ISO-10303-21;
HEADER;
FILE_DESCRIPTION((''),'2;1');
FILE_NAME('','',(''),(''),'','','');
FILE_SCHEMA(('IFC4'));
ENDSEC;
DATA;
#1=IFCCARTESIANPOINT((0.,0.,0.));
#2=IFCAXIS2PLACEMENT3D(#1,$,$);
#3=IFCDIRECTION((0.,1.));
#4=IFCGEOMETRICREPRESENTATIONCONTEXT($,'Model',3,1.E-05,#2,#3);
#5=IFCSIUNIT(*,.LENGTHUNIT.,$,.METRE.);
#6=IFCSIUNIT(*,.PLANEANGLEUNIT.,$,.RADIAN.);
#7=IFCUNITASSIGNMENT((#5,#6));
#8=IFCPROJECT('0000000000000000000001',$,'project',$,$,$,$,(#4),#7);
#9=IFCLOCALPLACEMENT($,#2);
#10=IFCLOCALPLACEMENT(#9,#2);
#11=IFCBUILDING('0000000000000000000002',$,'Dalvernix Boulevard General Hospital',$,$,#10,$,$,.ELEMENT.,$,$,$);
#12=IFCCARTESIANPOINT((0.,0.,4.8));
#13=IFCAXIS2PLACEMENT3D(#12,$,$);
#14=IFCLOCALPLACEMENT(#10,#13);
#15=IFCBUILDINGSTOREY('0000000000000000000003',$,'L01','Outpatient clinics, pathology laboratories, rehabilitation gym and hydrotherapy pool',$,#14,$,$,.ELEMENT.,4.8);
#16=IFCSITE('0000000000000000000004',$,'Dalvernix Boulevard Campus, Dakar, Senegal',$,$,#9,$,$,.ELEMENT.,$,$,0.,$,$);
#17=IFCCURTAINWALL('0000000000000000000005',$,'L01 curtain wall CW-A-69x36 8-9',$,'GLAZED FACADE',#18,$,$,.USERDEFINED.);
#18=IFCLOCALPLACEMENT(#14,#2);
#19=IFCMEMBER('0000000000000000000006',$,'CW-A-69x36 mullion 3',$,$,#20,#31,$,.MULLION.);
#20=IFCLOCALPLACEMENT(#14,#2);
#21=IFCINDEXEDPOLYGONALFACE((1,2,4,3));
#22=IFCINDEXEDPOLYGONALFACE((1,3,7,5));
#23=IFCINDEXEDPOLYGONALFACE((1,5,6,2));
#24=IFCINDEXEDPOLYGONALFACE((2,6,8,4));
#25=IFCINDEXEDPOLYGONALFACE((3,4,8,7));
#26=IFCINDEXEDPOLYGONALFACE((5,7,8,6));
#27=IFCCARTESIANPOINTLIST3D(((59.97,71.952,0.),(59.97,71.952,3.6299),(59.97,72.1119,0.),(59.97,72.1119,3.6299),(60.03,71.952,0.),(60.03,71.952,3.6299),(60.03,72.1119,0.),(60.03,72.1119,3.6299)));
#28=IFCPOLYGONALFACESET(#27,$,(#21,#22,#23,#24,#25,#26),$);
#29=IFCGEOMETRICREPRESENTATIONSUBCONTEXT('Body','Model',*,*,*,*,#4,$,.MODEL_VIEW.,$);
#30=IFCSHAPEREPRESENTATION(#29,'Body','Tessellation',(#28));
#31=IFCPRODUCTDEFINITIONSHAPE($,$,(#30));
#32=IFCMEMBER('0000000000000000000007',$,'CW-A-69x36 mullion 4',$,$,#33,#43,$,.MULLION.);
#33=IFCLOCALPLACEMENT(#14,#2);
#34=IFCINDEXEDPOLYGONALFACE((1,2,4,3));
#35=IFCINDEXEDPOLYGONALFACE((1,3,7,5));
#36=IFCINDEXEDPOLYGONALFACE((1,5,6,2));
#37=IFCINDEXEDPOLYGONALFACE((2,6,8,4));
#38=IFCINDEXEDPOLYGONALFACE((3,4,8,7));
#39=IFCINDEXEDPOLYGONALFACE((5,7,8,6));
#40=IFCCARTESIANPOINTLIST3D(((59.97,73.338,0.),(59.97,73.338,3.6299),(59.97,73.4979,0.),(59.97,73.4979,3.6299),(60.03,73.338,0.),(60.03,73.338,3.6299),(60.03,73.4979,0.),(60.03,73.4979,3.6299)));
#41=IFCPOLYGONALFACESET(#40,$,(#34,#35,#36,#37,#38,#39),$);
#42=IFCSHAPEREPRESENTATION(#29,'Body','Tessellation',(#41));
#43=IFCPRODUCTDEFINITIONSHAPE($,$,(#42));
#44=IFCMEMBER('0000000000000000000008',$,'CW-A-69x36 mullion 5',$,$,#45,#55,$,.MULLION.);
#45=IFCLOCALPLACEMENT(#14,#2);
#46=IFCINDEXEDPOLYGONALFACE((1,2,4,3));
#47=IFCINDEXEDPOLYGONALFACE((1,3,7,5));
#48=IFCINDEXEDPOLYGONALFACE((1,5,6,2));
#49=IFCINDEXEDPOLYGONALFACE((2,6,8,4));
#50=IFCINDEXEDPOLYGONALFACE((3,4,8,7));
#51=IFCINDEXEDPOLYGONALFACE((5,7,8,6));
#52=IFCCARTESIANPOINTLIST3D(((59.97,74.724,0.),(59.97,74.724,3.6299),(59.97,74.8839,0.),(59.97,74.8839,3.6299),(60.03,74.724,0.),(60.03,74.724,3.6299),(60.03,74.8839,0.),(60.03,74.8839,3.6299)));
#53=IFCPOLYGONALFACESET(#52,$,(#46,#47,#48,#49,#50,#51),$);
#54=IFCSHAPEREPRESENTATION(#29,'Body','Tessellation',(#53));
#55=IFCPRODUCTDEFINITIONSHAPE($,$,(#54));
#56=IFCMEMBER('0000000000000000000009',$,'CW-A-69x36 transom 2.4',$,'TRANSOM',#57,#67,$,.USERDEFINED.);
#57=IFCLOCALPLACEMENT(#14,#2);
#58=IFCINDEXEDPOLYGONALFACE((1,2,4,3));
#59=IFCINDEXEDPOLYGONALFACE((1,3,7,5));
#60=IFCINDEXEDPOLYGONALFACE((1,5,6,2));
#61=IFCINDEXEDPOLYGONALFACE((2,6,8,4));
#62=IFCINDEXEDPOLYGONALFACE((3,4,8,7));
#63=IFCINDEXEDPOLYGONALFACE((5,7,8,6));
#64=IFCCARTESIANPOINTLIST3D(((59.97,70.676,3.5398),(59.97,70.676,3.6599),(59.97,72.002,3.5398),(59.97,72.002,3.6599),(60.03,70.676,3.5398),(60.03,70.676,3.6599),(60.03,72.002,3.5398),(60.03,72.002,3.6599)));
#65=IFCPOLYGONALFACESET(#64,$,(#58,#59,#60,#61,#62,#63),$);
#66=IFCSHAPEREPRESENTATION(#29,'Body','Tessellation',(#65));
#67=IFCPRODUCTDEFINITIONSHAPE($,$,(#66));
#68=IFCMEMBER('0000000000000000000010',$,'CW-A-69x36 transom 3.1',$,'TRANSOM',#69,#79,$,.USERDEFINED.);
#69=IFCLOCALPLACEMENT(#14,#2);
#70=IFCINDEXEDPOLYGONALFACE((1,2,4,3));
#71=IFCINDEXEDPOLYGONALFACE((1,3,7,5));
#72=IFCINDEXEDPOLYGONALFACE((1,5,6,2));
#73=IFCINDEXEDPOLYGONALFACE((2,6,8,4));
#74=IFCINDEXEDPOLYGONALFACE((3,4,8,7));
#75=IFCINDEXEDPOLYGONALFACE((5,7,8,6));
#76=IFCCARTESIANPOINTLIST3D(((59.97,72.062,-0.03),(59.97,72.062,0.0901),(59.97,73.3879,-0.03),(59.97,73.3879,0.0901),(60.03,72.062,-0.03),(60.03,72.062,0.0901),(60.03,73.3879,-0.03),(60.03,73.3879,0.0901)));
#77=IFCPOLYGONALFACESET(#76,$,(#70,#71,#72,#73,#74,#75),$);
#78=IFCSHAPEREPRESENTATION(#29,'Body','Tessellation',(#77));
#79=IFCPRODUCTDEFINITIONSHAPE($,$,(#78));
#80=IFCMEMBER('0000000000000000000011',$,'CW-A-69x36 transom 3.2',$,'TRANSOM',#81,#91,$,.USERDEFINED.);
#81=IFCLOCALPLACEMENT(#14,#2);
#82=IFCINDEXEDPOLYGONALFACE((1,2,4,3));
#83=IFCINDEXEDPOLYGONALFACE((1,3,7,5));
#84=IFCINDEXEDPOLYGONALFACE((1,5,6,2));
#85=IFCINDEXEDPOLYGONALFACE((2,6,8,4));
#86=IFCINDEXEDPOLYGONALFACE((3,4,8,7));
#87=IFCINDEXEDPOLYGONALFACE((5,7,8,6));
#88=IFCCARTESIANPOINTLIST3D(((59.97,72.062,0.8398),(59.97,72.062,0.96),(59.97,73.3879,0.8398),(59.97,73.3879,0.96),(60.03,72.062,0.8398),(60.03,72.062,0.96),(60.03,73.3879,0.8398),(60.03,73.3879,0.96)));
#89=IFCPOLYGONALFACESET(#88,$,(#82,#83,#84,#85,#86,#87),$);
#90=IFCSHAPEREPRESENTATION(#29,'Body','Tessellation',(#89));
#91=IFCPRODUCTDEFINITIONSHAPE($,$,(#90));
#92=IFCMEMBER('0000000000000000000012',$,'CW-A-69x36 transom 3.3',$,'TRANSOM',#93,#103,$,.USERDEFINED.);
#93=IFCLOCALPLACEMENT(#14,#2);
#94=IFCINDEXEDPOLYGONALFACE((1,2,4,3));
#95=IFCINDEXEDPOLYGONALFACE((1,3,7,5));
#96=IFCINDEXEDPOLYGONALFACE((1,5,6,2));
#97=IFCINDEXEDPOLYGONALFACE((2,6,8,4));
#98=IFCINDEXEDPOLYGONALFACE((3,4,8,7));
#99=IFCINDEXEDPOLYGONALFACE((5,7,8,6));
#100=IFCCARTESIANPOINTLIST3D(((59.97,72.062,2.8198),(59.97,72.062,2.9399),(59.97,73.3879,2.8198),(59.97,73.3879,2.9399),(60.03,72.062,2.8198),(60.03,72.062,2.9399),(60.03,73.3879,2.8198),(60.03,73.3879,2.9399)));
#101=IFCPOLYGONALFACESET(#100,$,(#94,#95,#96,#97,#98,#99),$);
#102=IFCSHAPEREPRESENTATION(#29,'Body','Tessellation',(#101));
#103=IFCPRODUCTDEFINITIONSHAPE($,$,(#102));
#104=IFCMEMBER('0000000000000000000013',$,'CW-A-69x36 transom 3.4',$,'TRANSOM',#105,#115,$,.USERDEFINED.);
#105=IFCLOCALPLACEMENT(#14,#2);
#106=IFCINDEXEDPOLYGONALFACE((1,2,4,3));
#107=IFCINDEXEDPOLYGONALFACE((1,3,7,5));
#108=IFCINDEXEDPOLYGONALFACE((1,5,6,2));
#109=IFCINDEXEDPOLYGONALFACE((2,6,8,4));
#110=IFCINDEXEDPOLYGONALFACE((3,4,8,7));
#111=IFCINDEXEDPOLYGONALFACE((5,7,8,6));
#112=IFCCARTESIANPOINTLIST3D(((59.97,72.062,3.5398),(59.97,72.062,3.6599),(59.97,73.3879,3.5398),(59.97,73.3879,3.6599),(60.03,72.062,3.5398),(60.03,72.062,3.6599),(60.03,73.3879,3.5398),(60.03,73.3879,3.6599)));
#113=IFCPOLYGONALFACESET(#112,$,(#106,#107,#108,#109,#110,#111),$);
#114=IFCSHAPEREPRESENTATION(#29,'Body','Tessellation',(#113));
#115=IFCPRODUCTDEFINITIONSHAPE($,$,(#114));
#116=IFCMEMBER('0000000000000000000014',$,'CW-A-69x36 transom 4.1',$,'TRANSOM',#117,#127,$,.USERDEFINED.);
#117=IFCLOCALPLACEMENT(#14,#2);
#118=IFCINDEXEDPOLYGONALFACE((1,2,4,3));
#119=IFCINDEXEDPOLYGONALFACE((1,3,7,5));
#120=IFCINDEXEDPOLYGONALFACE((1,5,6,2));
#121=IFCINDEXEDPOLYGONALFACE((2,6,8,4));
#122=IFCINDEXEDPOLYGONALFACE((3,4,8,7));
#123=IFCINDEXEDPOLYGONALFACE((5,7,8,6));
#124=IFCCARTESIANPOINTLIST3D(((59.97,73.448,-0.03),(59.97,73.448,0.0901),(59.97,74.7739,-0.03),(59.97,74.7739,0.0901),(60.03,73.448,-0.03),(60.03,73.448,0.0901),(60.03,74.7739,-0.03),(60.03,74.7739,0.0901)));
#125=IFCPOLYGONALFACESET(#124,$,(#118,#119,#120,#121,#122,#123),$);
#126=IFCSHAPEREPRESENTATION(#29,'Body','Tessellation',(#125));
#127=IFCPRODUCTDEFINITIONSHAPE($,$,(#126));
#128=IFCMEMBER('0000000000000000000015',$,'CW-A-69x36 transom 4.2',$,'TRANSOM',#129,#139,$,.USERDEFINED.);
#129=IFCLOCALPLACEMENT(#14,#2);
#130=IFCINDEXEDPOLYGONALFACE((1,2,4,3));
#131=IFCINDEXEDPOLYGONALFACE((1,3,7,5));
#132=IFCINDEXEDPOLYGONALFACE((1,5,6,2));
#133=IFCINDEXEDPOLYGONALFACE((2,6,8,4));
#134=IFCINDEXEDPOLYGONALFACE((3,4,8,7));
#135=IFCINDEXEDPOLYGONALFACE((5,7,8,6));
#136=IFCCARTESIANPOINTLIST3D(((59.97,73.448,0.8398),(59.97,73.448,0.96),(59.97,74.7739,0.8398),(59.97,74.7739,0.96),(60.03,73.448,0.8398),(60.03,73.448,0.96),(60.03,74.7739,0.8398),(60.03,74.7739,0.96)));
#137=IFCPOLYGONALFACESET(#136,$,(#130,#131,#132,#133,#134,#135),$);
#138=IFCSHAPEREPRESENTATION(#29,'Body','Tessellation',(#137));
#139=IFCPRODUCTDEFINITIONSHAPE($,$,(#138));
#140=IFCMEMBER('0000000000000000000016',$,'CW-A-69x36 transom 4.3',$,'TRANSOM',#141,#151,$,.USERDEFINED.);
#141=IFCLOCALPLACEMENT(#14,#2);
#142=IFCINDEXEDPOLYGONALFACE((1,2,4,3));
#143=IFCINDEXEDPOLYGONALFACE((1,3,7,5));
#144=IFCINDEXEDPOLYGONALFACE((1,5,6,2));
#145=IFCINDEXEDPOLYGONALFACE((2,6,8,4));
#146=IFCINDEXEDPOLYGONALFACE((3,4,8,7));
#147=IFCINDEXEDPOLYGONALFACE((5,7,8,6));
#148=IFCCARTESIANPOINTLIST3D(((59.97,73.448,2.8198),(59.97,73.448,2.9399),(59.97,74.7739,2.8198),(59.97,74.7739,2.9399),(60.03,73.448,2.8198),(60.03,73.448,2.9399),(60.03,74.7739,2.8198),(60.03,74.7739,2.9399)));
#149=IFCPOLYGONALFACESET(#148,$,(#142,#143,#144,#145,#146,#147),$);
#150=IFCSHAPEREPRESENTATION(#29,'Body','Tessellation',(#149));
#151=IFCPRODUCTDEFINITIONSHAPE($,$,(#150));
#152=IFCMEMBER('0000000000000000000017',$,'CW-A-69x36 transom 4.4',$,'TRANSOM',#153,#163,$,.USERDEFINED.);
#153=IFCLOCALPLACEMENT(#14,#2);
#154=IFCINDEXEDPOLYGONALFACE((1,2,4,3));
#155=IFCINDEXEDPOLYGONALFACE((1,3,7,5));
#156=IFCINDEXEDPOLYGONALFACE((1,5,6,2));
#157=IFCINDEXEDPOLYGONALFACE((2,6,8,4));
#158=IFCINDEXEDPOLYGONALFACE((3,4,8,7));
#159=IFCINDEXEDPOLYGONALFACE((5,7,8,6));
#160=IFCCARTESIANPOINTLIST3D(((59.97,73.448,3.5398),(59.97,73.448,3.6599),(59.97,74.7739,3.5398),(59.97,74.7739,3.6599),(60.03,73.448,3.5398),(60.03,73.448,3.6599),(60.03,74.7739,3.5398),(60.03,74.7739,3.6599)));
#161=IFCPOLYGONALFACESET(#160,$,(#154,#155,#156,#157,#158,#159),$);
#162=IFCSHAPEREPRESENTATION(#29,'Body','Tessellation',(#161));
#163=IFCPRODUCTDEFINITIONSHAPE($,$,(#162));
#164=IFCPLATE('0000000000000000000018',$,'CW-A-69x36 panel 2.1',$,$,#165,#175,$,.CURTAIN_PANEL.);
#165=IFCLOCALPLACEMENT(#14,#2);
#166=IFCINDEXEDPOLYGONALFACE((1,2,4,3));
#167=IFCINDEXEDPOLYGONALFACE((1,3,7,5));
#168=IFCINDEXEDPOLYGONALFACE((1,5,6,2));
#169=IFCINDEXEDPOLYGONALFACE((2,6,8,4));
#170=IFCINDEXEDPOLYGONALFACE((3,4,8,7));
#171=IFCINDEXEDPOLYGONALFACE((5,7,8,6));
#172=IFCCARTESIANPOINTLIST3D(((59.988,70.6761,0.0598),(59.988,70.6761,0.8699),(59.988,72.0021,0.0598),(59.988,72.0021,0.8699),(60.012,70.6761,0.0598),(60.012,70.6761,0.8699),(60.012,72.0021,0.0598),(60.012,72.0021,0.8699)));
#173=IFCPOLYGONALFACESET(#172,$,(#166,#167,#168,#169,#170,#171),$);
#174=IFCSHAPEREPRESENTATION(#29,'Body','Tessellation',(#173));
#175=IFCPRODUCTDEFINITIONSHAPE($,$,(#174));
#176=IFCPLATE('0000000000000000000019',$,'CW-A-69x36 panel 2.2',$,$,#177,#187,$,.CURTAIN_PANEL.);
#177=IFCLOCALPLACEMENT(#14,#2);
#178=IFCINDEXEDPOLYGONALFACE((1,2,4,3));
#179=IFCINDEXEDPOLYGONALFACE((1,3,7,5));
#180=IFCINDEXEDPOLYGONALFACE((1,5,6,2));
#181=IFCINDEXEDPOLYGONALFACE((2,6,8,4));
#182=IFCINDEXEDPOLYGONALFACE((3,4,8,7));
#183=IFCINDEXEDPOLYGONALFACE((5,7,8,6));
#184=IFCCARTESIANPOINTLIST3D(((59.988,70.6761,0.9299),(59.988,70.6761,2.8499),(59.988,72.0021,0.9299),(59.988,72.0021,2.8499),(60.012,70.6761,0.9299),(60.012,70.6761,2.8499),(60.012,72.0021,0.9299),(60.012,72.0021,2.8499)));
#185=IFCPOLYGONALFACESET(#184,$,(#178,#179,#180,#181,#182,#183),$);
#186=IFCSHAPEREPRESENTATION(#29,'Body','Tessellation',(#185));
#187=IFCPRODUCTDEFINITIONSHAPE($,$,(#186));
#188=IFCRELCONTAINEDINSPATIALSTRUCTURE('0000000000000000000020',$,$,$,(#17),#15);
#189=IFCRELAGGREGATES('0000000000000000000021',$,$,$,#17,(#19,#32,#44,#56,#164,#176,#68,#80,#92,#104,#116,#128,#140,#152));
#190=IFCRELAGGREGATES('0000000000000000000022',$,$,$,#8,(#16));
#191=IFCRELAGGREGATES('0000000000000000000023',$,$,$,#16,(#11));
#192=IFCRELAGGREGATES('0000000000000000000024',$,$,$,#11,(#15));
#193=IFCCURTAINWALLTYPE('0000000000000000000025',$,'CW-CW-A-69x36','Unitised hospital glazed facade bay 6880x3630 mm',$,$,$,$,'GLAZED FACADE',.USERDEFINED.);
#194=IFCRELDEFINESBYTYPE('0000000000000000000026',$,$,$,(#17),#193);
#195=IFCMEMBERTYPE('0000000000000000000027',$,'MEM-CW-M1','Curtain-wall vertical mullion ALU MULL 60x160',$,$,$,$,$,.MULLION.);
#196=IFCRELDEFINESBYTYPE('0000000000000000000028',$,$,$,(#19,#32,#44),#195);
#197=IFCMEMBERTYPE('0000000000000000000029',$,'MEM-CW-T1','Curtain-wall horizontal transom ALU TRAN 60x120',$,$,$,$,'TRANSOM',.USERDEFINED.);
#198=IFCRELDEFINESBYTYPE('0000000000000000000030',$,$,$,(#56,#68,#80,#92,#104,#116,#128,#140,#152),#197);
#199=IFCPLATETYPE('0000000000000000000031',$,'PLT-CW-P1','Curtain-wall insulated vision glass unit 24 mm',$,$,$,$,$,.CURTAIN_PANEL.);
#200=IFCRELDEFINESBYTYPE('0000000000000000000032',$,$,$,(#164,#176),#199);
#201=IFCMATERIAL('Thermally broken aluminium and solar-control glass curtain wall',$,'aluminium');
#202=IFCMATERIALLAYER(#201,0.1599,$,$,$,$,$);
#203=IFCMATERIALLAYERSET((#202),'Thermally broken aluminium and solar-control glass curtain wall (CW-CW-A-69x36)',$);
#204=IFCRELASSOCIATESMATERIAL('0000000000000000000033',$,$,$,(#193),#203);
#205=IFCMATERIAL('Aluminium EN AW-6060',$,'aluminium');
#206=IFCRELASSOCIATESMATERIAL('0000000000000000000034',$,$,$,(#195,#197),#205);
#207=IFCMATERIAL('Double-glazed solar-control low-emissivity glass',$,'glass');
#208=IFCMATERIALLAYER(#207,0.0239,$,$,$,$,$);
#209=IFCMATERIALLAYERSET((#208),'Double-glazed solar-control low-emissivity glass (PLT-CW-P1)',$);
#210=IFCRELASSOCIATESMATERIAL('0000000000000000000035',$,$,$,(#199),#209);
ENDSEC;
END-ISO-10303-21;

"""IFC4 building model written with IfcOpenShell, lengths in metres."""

from ifc_helpers import new_model, si_unit, direction, frame, origin, origin_2d, place, context, subcontext, project, spatial, rectangle, extrude, material, layer, layer_set, material_profile, profile_set, type_object, element, aggregate, save


model = new_model("IFC4")

# Units and contexts
model_context = context("Model", 3, precision=1e-05, world=origin(), true_north=direction((0.0, 1.0)))
body_context = subcontext(model_context, "Body", "Model", "MODEL_VIEW")
ifc_project = project(units=[si_unit("LENGTHUNIT", "METRE"), si_unit("PLANEANGLEUNIT", "RADIAN")], contexts=[model_context])

# Site, building, storey
site_placement = place(None, origin())
site = spatial("IfcSite", under=ifc_project, at=site_placement, Name="Dalvernix Boulevard Campus, Dakar, Senegal", CompositionType="ELEMENT", RefElevation=0.0)
building_placement = place(site_placement, origin())
building = spatial("IfcBuilding", under=site, at=building_placement, Name="Dalvernix Boulevard General Hospital", CompositionType="ELEMENT")
storey_placement = place(building_placement, frame((0.0, 0.0, 4.8)))
storey = spatial("IfcBuildingStorey", under=building, at=storey_placement, Name="L01", Description="Outpatient clinics, pathology laboratories, rehabilitation gym and hydrotherapy pool", CompositionType="ELEMENT", Elevation=4.8)

# Curtain wall, members, plates
ifc_material_1 = material(Name="Thermally broken aluminium and solar-control glass curtain wall", Category="aluminium")
ifc_layer_1 = layer(ifc_material_1, 0.1599)
ifc_layer_set_1 = layer_set([ifc_layer_1], Name="Thermally broken aluminium and solar-control glass curtain wall (CW-CW-A-69x36)")
curtain_wall_type = type_object("IfcCurtainWallType", Name="CW-CW-A-69x36", Description="Unitised hospital glazed facade bay 6880x3630 mm", ElementType="GLAZED FACADE", PredefinedType="USERDEFINED", material=ifc_layer_set_1)
curtain_wall_placement = place(storey_placement, origin())
curtain_wall = element("IfcCurtainWall", 1, at=curtain_wall_placement, inside=storey, type_object=curtain_wall_type, Name="L01 curtain wall CW-A-69x36 8-9", ObjectType="GLAZED FACADE", PredefinedType="USERDEFINED")
ifc_material_2 = material(Name="Aluminium EN AW-6060", Category="aluminium")
ifc_material_profile_1 = material_profile(ifc_material_2, rectangle(XDim=0.0601, YDim=0.1599, at=origin_2d()), Name="ALU MULL 60x160")
ifc_profile_set_1 = profile_set([ifc_material_profile_1], Name="Aluminium EN AW-6060")
member_type_1 = type_object("IfcMemberType", Name="MEM-CW-M1", Description="Curtain-wall vertical mullion ALU MULL 60x160", PredefinedType="MULLION", material=ifc_profile_set_1)
member_1_placement = place(storey_placement, frame((60.0, 72.032, 0.0), z_axis=(0.0, 0.0, 1.0), x_axis=(-1.0, 0.0, 0.0)))
member_1 = element("IfcMember", 2, at=member_1_placement, type_object=member_type_1, Name="CW-A-69x36 mullion 3", PredefinedType="MULLION", context=body_context, shape_type="SweptSolid", body=[
    extrude(rectangle(XDim=0.0601, YDim=0.1599, at=origin_2d()), origin(), (0.0, 0.0, 1.0), 3.6299),
])
member_2_placement = place(storey_placement, frame((60.0, 73.418, 0.0), z_axis=(0.0, 0.0, 1.0), x_axis=(-1.0, 0.0, 0.0)))
member_2 = element("IfcMember", 3, at=member_2_placement, type_object=member_type_1, Name="CW-A-69x36 mullion 4", PredefinedType="MULLION", context=body_context, shape_type="SweptSolid", body=[
    extrude(rectangle(XDim=0.0601, YDim=0.1599, at=origin_2d()), origin(), (0.0, 0.0, 1.0), 3.6299),
])
member_3_placement = place(storey_placement, frame((60.0, 74.804, 0.0), z_axis=(0.0, 0.0, 1.0), x_axis=(-1.0, 0.0, 0.0)))
member_3 = element("IfcMember", 4, at=member_3_placement, type_object=member_type_1, Name="CW-A-69x36 mullion 5", PredefinedType="MULLION", context=body_context, shape_type="SweptSolid", body=[
    extrude(rectangle(XDim=0.0601, YDim=0.1599, at=origin_2d()), origin(), (0.0, 0.0, 1.0), 3.6299),
])
ifc_material_profile_2 = material_profile(ifc_material_2, rectangle(XDim=0.0601, YDim=0.1201, at=origin_2d()), Name="ALU TRAN 60x120")
ifc_profile_set_2 = profile_set([ifc_material_profile_2], Name="Aluminium EN AW-6060")
member_type_2 = type_object("IfcMemberType", Name="MEM-CW-T1", Description="Curtain-wall horizontal transom ALU TRAN 60x120", ElementType="TRANSOM", PredefinedType="USERDEFINED", material=ifc_profile_set_2)
member_4_placement = place(storey_placement, frame((60.0, 70.676, 3.5999), z_axis=(0.0, 1.0, 0.0), x_axis=(-1.0, 0.0, 0.0)))
member_4 = element("IfcMember", 5, at=member_4_placement, type_object=member_type_2, Name="CW-A-69x36 transom 2.4", ObjectType="TRANSOM", PredefinedType="USERDEFINED", context=body_context, shape_type="SweptSolid", body=[
    extrude(rectangle(XDim=0.0601, YDim=0.1201, at=origin_2d()), origin(), (0.0, 0.0, 1.0), 1.3259),
])
member_5_placement = place(storey_placement, frame((60.0, 72.062, 0.03), z_axis=(0.0, 1.0, 0.0), x_axis=(-1.0, 0.0, 0.0)))
member_5 = element("IfcMember", 6, at=member_5_placement, type_object=member_type_2, Name="CW-A-69x36 transom 3.1", ObjectType="TRANSOM", PredefinedType="USERDEFINED", context=body_context, shape_type="SweptSolid", body=[
    extrude(rectangle(XDim=0.0601, YDim=0.1201, at=origin_2d()), origin(), (0.0, 0.0, 1.0), 1.3259),
])
member_6_placement = place(storey_placement, frame((60.0, 72.062, 0.8999), z_axis=(0.0, 1.0, 0.0), x_axis=(-1.0, 0.0, 0.0)))
member_6 = element("IfcMember", 7, at=member_6_placement, type_object=member_type_2, Name="CW-A-69x36 transom 3.2", ObjectType="TRANSOM", PredefinedType="USERDEFINED", context=body_context, shape_type="SweptSolid", body=[
    extrude(rectangle(XDim=0.0601, YDim=0.1201, at=origin_2d()), origin(), (0.0, 0.0, 1.0), 1.3259),
])
member_7_placement = place(storey_placement, frame((60.0, 72.062, 2.8799), z_axis=(0.0, 1.0, 0.0), x_axis=(-1.0, 0.0, 0.0)))
member_7 = element("IfcMember", 8, at=member_7_placement, type_object=member_type_2, Name="CW-A-69x36 transom 3.3", ObjectType="TRANSOM", PredefinedType="USERDEFINED", context=body_context, shape_type="SweptSolid", body=[
    extrude(rectangle(XDim=0.0601, YDim=0.1201, at=origin_2d()), origin(), (0.0, 0.0, 1.0), 1.3259),
])
member_8_placement = place(storey_placement, frame((60.0, 72.062, 3.5999), z_axis=(0.0, 1.0, 0.0), x_axis=(-1.0, 0.0, 0.0)))
member_8 = element("IfcMember", 9, at=member_8_placement, type_object=member_type_2, Name="CW-A-69x36 transom 3.4", ObjectType="TRANSOM", PredefinedType="USERDEFINED", context=body_context, shape_type="SweptSolid", body=[
    extrude(rectangle(XDim=0.0601, YDim=0.1201, at=origin_2d()), origin(), (0.0, 0.0, 1.0), 1.3259),
])
member_9_placement = place(storey_placement, frame((60.0, 73.448, 0.03), z_axis=(0.0, 1.0, 0.0), x_axis=(-1.0, 0.0, 0.0)))
member_9 = element("IfcMember", 10, at=member_9_placement, type_object=member_type_2, Name="CW-A-69x36 transom 4.1", ObjectType="TRANSOM", PredefinedType="USERDEFINED", context=body_context, shape_type="SweptSolid", body=[
    extrude(rectangle(XDim=0.0601, YDim=0.1201, at=origin_2d()), origin(), (0.0, 0.0, 1.0), 1.3259),
])
member_10_placement = place(storey_placement, frame((60.0, 73.448, 0.8999), z_axis=(0.0, 1.0, 0.0), x_axis=(-1.0, 0.0, 0.0)))
member_10 = element("IfcMember", 11, at=member_10_placement, type_object=member_type_2, Name="CW-A-69x36 transom 4.2", ObjectType="TRANSOM", PredefinedType="USERDEFINED", context=body_context, shape_type="SweptSolid", body=[
    extrude(rectangle(XDim=0.0601, YDim=0.1201, at=origin_2d()), origin(), (0.0, 0.0, 1.0), 1.3259),
])
member_11_placement = place(storey_placement, frame((60.0, 73.448, 2.8799), z_axis=(0.0, 1.0, 0.0), x_axis=(-1.0, 0.0, 0.0)))
member_11 = element("IfcMember", 12, at=member_11_placement, type_object=member_type_2, Name="CW-A-69x36 transom 4.3", ObjectType="TRANSOM", PredefinedType="USERDEFINED", context=body_context, shape_type="SweptSolid", body=[
    extrude(rectangle(XDim=0.0601, YDim=0.1201, at=origin_2d()), origin(), (0.0, 0.0, 1.0), 1.3259),
])
member_12_placement = place(storey_placement, frame((60.0, 73.448, 3.5999), z_axis=(0.0, 1.0, 0.0), x_axis=(-1.0, 0.0, 0.0)))
member_12 = element("IfcMember", 13, at=member_12_placement, type_object=member_type_2, Name="CW-A-69x36 transom 4.4", ObjectType="TRANSOM", PredefinedType="USERDEFINED", context=body_context, shape_type="SweptSolid", body=[
    extrude(rectangle(XDim=0.0601, YDim=0.1201, at=origin_2d()), origin(), (0.0, 0.0, 1.0), 1.3259),
])
ifc_material_3 = material(Name="Double-glazed solar-control low-emissivity glass", Category="glass")
ifc_layer_2 = layer(ifc_material_3, 0.0239)
ifc_layer_set_2 = layer_set([ifc_layer_2], Name="Double-glazed solar-control low-emissivity glass (PLT-CW-P1)")
plate_type = type_object("IfcPlateType", Name="PLT-CW-P1", Description="Curtain-wall insulated vision glass unit 24 mm", PredefinedType="CURTAIN_PANEL", material=ifc_layer_set_2)
plate_1_placement = place(storey_placement, frame((60.0, 71.3391, 0.0598), z_axis=(0.0, 0.0, 1.0), x_axis=(0.0, 1.0, 0.0)))
plate_1 = element("IfcPlate", 14, at=plate_1_placement, type_object=plate_type, Name="CW-A-69x36 panel 2.1", PredefinedType="CURTAIN_PANEL", context=body_context, shape_type="SweptSolid", body=[
    extrude(rectangle(XDim=1.3259, YDim=0.0239, at=origin_2d()), origin(), (0.0, 0.0, 1.0), 0.8101),
])
plate_2_placement = place(storey_placement, frame((60.0, 71.3391, 0.9299), z_axis=(0.0, 0.0, 1.0), x_axis=(0.0, 1.0, 0.0)))
plate_2 = element("IfcPlate", 15, at=plate_2_placement, type_object=plate_type, Name="CW-A-69x36 panel 2.2", PredefinedType="CURTAIN_PANEL", context=body_context, shape_type="SweptSolid", body=[
    extrude(rectangle(XDim=1.3259, YDim=0.0239, at=origin_2d()), origin(), (0.0, 0.0, 1.0), 1.9199),
])
aggregate(curtain_wall, [member_1, member_2, member_3, member_4, plate_1, plate_2, member_5, member_6, member_7, member_8, member_9, member_10, member_11, member_12])

save(model, "model.ifc")
